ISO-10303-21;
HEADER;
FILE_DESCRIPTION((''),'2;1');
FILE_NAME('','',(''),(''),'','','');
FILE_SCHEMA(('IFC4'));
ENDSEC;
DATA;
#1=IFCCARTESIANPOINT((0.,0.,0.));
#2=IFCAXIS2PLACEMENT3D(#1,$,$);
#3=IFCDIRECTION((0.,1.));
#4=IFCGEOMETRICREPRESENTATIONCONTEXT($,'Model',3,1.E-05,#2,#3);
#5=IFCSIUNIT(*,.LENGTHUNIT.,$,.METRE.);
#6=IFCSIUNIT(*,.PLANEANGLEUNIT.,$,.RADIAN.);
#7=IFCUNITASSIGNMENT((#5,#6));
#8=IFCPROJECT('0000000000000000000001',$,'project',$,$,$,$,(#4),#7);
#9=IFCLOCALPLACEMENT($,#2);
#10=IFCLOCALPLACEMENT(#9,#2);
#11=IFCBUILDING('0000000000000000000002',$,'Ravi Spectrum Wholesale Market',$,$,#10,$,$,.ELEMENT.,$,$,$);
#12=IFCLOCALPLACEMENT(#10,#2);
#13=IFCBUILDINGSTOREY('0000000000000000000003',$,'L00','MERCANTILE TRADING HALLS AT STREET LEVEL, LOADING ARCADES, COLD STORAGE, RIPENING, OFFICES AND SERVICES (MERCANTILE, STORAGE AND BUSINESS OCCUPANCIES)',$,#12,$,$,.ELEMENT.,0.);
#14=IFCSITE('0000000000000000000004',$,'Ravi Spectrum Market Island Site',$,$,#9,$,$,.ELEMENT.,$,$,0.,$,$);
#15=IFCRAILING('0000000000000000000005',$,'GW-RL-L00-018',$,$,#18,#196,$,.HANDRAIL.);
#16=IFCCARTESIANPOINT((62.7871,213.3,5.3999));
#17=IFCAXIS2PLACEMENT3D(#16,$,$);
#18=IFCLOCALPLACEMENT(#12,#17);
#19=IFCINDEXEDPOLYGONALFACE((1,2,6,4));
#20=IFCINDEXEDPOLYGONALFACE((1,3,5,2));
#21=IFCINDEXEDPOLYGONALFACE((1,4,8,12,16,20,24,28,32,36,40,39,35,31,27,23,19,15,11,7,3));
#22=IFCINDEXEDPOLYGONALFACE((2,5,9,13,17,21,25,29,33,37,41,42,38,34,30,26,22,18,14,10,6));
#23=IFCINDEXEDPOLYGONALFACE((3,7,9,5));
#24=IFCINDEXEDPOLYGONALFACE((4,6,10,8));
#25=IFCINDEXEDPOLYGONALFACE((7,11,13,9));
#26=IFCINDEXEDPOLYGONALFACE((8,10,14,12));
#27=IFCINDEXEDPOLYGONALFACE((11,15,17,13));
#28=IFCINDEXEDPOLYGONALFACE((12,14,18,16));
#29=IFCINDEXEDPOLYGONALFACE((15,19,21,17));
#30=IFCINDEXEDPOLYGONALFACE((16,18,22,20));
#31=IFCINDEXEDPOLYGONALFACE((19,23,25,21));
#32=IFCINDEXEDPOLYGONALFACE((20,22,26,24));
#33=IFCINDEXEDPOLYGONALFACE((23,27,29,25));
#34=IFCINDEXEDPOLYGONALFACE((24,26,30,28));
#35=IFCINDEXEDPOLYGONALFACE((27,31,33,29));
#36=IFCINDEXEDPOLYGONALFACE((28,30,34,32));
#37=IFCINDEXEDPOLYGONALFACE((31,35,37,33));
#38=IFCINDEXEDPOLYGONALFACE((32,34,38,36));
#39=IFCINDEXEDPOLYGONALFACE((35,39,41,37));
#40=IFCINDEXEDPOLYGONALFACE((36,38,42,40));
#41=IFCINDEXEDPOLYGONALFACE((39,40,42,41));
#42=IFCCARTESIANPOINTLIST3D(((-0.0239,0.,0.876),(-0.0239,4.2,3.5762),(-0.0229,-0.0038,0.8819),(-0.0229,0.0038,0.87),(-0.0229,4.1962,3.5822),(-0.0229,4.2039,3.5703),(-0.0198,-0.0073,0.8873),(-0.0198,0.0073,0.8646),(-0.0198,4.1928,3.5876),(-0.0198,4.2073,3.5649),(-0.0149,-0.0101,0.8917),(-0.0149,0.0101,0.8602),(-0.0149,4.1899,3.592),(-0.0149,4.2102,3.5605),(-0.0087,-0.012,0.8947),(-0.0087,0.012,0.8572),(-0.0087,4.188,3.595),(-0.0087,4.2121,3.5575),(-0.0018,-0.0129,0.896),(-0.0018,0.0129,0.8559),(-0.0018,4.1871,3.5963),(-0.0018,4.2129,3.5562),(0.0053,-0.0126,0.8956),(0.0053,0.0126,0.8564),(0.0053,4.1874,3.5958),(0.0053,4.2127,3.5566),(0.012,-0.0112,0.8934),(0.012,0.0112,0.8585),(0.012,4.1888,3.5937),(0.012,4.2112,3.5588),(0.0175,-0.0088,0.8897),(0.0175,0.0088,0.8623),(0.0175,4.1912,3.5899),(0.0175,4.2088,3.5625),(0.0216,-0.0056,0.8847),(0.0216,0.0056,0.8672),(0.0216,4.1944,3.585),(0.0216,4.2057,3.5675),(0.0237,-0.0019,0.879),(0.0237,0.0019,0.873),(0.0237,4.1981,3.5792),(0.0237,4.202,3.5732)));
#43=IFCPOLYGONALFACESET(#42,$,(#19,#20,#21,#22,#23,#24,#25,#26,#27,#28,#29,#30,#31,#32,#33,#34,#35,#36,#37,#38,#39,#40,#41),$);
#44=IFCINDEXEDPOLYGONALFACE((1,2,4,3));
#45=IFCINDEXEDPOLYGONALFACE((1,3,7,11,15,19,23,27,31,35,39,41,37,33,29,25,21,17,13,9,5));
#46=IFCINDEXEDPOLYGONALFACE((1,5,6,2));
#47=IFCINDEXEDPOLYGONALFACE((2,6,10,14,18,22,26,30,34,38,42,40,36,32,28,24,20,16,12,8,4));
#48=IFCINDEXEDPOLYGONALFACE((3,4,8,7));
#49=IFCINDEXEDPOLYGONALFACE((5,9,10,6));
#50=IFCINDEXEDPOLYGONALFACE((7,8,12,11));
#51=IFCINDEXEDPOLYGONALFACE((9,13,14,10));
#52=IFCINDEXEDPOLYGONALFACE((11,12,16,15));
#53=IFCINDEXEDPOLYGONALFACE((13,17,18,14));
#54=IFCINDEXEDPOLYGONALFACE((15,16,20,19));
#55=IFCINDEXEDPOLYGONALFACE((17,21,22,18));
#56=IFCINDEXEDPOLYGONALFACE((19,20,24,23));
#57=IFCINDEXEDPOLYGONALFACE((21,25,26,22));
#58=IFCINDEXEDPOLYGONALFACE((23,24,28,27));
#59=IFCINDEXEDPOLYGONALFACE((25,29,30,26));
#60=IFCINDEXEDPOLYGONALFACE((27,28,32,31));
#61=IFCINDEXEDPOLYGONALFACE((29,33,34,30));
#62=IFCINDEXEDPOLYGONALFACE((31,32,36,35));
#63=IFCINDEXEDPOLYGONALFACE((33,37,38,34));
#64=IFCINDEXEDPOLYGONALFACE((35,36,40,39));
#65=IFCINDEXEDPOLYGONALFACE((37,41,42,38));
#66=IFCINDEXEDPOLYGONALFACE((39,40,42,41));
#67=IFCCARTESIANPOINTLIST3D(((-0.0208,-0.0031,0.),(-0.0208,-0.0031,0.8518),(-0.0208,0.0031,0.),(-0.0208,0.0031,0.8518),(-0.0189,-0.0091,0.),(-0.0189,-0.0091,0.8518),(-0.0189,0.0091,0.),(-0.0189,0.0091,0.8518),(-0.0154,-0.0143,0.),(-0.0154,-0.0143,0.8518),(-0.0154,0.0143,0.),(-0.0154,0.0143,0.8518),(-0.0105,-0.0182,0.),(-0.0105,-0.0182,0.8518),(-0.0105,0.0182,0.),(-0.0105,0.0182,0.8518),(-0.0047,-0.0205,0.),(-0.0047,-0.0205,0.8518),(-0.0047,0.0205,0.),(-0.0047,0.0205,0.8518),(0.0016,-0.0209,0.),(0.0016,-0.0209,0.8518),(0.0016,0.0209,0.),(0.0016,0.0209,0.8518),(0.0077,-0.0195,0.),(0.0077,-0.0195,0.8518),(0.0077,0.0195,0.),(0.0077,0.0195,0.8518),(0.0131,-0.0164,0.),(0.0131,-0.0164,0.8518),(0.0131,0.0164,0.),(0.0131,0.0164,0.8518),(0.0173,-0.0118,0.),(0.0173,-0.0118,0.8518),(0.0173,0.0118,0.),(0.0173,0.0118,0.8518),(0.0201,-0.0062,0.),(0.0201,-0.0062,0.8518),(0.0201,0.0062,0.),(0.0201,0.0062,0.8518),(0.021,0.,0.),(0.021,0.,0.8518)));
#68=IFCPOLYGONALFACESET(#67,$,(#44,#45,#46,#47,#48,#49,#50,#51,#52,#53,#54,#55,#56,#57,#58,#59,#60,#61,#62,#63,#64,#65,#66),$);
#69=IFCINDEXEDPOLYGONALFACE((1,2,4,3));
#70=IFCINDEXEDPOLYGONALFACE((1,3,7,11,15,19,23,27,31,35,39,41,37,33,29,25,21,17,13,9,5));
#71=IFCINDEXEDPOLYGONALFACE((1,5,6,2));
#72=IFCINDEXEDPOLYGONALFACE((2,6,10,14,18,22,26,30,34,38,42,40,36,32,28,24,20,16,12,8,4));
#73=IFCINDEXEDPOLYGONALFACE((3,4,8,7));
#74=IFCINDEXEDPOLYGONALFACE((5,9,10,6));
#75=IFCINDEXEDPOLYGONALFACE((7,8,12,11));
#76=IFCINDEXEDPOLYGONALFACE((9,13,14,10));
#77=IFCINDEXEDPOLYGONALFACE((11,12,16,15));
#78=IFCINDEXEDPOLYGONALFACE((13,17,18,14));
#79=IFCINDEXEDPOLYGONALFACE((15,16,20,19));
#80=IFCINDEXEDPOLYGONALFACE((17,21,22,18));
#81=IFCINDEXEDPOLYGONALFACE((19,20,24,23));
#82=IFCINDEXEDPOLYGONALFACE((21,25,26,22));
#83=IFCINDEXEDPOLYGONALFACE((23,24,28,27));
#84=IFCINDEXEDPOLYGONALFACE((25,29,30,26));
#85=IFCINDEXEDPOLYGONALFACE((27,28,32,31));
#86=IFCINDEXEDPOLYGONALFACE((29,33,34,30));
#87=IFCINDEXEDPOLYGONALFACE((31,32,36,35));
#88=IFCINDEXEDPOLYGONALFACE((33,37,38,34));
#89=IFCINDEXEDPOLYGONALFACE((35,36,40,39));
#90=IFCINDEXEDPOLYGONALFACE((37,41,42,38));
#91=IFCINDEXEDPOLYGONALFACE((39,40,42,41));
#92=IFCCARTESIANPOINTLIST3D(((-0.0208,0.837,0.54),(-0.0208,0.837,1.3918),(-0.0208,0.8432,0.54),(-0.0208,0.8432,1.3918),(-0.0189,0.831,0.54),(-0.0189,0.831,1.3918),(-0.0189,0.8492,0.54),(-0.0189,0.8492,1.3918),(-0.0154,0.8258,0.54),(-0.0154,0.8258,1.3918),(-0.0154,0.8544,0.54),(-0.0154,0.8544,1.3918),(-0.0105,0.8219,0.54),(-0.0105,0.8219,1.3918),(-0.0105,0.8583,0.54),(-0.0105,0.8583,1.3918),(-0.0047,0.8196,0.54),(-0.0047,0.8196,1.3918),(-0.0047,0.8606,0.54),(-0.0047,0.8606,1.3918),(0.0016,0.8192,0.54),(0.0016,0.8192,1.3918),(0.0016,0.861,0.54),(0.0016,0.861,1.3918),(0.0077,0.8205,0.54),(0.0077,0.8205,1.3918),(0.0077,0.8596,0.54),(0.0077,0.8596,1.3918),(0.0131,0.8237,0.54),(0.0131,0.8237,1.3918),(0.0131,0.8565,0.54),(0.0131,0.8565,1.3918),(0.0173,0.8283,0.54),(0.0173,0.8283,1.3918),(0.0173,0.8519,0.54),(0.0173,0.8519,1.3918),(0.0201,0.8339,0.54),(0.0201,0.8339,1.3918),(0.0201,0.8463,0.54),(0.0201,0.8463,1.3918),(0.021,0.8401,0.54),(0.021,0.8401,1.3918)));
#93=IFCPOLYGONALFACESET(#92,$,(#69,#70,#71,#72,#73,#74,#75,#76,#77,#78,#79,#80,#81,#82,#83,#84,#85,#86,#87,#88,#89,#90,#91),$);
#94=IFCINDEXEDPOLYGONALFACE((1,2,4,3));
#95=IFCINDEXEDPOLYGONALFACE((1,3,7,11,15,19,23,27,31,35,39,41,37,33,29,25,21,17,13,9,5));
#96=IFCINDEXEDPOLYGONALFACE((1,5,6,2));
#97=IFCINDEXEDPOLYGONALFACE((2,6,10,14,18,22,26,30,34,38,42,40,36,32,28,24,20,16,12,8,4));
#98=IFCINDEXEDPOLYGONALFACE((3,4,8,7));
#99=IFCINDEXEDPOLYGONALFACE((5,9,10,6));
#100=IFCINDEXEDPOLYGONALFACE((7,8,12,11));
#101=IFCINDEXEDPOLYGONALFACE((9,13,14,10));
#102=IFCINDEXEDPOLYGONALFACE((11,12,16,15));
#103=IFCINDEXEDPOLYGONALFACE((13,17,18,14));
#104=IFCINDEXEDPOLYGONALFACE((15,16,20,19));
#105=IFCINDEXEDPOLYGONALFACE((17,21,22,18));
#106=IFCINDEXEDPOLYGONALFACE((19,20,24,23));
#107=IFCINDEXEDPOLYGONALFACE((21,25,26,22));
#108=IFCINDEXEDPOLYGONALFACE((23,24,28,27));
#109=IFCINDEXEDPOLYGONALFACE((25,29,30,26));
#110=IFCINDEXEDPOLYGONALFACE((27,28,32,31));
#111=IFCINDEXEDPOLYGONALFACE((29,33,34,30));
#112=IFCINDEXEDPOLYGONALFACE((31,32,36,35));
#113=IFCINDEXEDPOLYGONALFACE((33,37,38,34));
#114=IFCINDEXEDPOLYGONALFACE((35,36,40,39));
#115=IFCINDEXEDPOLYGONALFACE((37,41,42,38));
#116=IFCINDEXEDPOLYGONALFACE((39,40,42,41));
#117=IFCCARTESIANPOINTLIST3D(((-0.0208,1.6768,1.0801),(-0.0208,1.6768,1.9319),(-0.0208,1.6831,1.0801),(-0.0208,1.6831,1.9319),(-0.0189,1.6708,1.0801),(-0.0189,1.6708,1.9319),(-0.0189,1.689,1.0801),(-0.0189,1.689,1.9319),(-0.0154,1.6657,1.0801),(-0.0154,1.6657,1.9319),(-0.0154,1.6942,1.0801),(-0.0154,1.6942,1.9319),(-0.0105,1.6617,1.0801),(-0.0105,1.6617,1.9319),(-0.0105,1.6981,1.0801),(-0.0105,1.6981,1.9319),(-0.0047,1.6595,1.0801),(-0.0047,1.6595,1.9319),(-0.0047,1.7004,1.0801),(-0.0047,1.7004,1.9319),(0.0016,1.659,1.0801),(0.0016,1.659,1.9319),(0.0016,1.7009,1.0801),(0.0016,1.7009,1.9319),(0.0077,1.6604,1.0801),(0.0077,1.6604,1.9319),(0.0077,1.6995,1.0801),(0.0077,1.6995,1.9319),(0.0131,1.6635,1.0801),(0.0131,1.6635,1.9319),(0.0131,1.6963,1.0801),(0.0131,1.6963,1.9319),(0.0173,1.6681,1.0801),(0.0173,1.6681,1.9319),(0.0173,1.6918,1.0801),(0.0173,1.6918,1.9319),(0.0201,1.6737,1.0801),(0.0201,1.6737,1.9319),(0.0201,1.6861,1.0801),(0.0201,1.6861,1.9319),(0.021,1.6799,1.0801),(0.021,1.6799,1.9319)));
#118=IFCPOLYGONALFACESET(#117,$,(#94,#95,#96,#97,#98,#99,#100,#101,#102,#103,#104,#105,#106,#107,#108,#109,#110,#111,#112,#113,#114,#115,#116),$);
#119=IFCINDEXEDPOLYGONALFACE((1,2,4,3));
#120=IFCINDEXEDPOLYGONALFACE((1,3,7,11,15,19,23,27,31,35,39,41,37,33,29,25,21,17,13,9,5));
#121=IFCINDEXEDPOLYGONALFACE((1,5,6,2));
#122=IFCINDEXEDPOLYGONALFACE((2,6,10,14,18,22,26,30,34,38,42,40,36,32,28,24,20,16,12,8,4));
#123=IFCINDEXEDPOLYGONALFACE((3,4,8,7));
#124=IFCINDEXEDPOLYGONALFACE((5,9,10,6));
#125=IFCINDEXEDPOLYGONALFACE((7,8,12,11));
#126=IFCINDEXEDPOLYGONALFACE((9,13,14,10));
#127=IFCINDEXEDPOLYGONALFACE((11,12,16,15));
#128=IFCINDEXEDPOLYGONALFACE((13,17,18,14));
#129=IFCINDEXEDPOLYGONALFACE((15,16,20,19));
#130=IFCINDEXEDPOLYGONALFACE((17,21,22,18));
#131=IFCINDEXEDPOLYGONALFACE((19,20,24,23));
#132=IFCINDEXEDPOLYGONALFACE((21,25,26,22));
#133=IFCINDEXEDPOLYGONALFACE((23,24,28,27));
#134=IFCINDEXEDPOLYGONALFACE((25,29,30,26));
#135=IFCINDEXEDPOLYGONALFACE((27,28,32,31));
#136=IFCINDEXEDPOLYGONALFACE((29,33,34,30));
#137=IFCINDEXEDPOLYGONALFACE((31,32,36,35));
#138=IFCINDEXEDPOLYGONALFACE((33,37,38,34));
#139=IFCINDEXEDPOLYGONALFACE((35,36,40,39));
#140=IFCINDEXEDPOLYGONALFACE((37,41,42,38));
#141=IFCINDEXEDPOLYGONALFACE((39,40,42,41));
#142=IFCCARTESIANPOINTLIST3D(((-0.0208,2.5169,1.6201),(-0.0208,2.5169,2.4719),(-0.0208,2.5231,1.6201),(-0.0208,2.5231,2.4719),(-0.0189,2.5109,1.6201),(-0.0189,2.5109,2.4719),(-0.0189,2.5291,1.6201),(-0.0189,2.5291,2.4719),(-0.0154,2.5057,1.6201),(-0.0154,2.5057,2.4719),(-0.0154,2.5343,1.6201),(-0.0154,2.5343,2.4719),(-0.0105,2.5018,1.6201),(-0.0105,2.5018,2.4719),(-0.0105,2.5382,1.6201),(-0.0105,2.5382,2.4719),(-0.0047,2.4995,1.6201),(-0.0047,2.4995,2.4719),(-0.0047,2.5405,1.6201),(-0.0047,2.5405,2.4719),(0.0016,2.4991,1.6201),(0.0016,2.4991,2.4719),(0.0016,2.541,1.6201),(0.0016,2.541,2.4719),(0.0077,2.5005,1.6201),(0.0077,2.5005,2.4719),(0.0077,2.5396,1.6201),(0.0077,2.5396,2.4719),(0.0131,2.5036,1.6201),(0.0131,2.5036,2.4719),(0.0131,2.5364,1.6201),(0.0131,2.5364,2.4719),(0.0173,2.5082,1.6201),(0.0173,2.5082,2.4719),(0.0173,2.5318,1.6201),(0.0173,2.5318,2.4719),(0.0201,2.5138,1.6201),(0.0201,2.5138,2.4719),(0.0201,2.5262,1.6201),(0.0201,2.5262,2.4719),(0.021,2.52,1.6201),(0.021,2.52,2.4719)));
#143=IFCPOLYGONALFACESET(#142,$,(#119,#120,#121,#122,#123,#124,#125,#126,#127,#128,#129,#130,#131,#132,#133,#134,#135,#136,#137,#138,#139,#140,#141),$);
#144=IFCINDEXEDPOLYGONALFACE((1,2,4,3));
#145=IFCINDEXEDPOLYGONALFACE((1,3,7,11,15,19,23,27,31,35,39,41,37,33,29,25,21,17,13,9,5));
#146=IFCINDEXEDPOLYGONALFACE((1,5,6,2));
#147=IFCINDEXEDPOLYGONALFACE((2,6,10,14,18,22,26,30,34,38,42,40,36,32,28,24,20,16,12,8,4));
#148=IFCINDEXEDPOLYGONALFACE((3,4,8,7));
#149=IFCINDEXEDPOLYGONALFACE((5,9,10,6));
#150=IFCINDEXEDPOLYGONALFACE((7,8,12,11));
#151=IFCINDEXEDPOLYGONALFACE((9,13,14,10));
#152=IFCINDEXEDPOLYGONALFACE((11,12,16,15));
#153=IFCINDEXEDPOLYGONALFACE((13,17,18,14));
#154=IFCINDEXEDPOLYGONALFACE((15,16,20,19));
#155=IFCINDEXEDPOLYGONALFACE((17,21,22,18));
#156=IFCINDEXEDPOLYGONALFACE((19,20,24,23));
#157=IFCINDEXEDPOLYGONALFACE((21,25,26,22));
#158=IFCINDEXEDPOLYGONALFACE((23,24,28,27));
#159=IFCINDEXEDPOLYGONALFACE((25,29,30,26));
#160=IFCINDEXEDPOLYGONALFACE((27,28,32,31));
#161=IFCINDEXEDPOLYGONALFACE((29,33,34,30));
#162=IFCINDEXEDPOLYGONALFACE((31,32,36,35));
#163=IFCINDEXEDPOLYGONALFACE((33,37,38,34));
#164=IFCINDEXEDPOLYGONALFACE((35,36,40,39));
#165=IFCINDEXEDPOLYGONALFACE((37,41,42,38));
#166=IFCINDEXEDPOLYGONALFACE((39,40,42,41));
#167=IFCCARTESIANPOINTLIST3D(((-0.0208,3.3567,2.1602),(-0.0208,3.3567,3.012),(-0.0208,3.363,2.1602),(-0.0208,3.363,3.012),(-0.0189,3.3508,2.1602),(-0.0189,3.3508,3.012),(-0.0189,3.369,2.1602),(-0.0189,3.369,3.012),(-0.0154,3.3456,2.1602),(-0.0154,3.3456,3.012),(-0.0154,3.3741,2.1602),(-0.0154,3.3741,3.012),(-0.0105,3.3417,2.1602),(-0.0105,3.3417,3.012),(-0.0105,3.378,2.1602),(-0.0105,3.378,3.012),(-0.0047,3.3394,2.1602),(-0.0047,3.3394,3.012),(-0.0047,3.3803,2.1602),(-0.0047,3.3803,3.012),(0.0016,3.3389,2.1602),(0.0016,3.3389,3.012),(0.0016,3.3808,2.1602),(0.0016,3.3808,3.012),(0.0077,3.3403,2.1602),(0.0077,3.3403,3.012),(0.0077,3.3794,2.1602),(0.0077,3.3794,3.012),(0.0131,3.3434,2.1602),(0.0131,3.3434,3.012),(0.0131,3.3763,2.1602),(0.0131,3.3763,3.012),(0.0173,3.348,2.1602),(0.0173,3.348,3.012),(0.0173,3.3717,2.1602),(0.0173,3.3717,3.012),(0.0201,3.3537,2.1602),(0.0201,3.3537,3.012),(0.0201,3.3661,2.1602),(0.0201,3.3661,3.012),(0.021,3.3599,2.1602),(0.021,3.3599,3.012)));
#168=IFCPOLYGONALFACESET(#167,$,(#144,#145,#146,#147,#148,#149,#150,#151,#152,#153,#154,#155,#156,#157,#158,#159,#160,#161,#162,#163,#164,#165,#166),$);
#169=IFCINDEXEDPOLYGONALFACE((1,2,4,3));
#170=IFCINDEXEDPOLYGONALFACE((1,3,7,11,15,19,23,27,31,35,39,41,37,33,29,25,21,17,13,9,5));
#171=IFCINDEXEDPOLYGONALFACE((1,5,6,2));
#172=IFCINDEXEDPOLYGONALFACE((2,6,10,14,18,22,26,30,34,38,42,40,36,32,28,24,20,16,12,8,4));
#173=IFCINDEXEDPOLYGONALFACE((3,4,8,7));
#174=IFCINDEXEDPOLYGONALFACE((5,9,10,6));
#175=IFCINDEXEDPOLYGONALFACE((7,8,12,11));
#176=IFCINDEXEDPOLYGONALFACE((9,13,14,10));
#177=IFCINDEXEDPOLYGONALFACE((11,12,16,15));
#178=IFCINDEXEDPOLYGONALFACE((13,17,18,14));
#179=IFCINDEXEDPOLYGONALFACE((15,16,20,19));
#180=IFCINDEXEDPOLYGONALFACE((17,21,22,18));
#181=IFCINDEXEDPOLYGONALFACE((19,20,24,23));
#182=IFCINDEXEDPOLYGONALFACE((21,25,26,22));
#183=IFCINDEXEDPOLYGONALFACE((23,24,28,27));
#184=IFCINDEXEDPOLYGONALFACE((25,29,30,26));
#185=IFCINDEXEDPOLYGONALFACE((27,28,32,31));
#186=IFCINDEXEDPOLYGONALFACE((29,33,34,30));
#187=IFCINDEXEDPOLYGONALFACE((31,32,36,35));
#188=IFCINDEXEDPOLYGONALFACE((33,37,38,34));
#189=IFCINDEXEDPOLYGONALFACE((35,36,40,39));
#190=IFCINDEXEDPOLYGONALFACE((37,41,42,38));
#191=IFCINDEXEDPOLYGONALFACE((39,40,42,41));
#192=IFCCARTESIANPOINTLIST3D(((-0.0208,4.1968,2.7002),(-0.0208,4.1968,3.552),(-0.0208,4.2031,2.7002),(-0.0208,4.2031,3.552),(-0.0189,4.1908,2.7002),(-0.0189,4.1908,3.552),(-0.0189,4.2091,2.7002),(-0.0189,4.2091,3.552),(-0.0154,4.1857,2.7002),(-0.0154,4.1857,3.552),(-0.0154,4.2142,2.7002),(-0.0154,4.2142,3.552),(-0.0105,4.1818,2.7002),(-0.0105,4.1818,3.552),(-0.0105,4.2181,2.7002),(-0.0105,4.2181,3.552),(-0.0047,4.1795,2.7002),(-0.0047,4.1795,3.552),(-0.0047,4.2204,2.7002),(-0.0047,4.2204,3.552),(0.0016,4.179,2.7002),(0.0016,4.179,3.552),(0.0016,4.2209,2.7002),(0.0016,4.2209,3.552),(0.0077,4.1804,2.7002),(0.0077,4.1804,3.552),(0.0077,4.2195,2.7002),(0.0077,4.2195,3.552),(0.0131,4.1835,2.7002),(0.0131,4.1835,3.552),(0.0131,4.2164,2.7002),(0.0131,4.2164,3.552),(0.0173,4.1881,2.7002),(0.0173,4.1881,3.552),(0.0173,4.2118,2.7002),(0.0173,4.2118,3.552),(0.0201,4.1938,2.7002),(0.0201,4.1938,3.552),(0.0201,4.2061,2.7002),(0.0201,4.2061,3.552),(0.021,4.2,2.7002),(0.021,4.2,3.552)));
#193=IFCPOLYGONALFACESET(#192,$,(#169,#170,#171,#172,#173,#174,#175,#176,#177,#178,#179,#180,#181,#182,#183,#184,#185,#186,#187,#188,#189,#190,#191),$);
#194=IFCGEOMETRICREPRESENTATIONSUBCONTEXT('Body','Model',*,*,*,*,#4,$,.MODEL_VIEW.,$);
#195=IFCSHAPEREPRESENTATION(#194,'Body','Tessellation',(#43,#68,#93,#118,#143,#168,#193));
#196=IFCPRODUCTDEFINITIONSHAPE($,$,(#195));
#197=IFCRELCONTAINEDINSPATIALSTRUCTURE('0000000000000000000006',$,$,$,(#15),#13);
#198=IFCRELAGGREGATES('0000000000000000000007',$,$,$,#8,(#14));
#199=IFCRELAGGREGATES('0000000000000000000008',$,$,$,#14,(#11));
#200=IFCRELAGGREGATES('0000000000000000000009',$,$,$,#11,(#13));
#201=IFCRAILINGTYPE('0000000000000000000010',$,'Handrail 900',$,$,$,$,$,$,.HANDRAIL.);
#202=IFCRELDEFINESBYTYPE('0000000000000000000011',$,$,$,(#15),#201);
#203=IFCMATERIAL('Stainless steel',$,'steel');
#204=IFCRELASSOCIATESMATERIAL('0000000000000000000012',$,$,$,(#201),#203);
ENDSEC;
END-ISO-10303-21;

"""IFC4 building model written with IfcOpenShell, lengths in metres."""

from ifc_helpers import new_model, si_unit, direction, frame, origin, origin_2d, place, context, subcontext, project, spatial, circle, extrude, material, type_object, element, save


model = new_model("IFC4")

# Units and contexts
model_context = context("Model", 3, precision=1e-05, world=origin(), true_north=direction((0.0, 1.0)))
body_context = subcontext(model_context, "Body", "Model", "MODEL_VIEW")
ifc_project = project(units=[si_unit("LENGTHUNIT", "METRE"), si_unit("PLANEANGLEUNIT", "RADIAN")], contexts=[model_context])

# Site, building, storey
site_placement = place(None, origin())
site = spatial("IfcSite", under=ifc_project, at=site_placement, Name="Ravi Spectrum Market Island Site", CompositionType="ELEMENT", RefElevation=0.0)
building_placement = place(site_placement, origin())
building = spatial("IfcBuilding", under=site, at=building_placement, Name="Ravi Spectrum Wholesale Market", CompositionType="ELEMENT")
storey_placement = place(building_placement, origin())
storey = spatial("IfcBuildingStorey", under=building, at=storey_placement, Name="L00", Description="MERCANTILE TRADING HALLS AT STREET LEVEL, LOADING ARCADES, COLD STORAGE, RIPENING, OFFICES AND SERVICES (MERCANTILE, STORAGE AND BUSINESS OCCUPANCIES)", CompositionType="ELEMENT", Elevation=0.0)

# Railing
ifc_material_1 = material(Name="Stainless steel", Category="steel")
railing_type_1 = type_object("IfcRailingType", Name="Handrail 900", PredefinedType="HANDRAIL", material=ifc_material_1)
for number, where, name in (
    (1, (62.7871, 213.3, 5.3999), "GW-RL-L00-018"),
):
    element("IfcRailing", number, at=place(storey_placement, frame(where)), inside=storey, type_object=railing_type_1, Name=name, PredefinedType="HANDRAIL", context=body_context, shape_type="SweptSolid", body=[
        extrude(circle(Radius=0.0239, at=origin_2d()), frame((0.0, 0.0, 0.876), z_axis=(0.0, 0.841158, 0.54079), x_axis=(-1.0, 0.0, 0.0)), (0.0, 0.0, 1.0), 4.9932),
        extrude(circle(Radius=0.021, at=origin_2d()), origin(), (0.0, 0.0, 1.0), 0.8518),
        extrude(circle(Radius=0.021, at=origin_2d()), frame((0.0, 0.8401, 0.54)), (0.0, 0.0, 1.0), 0.8518),
        extrude(circle(Radius=0.021, at=origin_2d()), frame((0.0, 1.6799, 1.0801)), (0.0, 0.0, 1.0), 0.8518),
        extrude(circle(Radius=0.021, at=origin_2d()), frame((0.0, 2.52, 1.6201)), (0.0, 0.0, 1.0), 0.8518),
        extrude(circle(Radius=0.021, at=origin_2d()), frame((0.0, 3.3599, 2.1602)), (0.0, 0.0, 1.0), 0.8518),
        extrude(circle(Radius=0.021, at=origin_2d()), frame((0.0, 4.2, 2.7002)), (0.0, 0.0, 1.0), 0.8518),
    ])

save(model, "model.ifc")
